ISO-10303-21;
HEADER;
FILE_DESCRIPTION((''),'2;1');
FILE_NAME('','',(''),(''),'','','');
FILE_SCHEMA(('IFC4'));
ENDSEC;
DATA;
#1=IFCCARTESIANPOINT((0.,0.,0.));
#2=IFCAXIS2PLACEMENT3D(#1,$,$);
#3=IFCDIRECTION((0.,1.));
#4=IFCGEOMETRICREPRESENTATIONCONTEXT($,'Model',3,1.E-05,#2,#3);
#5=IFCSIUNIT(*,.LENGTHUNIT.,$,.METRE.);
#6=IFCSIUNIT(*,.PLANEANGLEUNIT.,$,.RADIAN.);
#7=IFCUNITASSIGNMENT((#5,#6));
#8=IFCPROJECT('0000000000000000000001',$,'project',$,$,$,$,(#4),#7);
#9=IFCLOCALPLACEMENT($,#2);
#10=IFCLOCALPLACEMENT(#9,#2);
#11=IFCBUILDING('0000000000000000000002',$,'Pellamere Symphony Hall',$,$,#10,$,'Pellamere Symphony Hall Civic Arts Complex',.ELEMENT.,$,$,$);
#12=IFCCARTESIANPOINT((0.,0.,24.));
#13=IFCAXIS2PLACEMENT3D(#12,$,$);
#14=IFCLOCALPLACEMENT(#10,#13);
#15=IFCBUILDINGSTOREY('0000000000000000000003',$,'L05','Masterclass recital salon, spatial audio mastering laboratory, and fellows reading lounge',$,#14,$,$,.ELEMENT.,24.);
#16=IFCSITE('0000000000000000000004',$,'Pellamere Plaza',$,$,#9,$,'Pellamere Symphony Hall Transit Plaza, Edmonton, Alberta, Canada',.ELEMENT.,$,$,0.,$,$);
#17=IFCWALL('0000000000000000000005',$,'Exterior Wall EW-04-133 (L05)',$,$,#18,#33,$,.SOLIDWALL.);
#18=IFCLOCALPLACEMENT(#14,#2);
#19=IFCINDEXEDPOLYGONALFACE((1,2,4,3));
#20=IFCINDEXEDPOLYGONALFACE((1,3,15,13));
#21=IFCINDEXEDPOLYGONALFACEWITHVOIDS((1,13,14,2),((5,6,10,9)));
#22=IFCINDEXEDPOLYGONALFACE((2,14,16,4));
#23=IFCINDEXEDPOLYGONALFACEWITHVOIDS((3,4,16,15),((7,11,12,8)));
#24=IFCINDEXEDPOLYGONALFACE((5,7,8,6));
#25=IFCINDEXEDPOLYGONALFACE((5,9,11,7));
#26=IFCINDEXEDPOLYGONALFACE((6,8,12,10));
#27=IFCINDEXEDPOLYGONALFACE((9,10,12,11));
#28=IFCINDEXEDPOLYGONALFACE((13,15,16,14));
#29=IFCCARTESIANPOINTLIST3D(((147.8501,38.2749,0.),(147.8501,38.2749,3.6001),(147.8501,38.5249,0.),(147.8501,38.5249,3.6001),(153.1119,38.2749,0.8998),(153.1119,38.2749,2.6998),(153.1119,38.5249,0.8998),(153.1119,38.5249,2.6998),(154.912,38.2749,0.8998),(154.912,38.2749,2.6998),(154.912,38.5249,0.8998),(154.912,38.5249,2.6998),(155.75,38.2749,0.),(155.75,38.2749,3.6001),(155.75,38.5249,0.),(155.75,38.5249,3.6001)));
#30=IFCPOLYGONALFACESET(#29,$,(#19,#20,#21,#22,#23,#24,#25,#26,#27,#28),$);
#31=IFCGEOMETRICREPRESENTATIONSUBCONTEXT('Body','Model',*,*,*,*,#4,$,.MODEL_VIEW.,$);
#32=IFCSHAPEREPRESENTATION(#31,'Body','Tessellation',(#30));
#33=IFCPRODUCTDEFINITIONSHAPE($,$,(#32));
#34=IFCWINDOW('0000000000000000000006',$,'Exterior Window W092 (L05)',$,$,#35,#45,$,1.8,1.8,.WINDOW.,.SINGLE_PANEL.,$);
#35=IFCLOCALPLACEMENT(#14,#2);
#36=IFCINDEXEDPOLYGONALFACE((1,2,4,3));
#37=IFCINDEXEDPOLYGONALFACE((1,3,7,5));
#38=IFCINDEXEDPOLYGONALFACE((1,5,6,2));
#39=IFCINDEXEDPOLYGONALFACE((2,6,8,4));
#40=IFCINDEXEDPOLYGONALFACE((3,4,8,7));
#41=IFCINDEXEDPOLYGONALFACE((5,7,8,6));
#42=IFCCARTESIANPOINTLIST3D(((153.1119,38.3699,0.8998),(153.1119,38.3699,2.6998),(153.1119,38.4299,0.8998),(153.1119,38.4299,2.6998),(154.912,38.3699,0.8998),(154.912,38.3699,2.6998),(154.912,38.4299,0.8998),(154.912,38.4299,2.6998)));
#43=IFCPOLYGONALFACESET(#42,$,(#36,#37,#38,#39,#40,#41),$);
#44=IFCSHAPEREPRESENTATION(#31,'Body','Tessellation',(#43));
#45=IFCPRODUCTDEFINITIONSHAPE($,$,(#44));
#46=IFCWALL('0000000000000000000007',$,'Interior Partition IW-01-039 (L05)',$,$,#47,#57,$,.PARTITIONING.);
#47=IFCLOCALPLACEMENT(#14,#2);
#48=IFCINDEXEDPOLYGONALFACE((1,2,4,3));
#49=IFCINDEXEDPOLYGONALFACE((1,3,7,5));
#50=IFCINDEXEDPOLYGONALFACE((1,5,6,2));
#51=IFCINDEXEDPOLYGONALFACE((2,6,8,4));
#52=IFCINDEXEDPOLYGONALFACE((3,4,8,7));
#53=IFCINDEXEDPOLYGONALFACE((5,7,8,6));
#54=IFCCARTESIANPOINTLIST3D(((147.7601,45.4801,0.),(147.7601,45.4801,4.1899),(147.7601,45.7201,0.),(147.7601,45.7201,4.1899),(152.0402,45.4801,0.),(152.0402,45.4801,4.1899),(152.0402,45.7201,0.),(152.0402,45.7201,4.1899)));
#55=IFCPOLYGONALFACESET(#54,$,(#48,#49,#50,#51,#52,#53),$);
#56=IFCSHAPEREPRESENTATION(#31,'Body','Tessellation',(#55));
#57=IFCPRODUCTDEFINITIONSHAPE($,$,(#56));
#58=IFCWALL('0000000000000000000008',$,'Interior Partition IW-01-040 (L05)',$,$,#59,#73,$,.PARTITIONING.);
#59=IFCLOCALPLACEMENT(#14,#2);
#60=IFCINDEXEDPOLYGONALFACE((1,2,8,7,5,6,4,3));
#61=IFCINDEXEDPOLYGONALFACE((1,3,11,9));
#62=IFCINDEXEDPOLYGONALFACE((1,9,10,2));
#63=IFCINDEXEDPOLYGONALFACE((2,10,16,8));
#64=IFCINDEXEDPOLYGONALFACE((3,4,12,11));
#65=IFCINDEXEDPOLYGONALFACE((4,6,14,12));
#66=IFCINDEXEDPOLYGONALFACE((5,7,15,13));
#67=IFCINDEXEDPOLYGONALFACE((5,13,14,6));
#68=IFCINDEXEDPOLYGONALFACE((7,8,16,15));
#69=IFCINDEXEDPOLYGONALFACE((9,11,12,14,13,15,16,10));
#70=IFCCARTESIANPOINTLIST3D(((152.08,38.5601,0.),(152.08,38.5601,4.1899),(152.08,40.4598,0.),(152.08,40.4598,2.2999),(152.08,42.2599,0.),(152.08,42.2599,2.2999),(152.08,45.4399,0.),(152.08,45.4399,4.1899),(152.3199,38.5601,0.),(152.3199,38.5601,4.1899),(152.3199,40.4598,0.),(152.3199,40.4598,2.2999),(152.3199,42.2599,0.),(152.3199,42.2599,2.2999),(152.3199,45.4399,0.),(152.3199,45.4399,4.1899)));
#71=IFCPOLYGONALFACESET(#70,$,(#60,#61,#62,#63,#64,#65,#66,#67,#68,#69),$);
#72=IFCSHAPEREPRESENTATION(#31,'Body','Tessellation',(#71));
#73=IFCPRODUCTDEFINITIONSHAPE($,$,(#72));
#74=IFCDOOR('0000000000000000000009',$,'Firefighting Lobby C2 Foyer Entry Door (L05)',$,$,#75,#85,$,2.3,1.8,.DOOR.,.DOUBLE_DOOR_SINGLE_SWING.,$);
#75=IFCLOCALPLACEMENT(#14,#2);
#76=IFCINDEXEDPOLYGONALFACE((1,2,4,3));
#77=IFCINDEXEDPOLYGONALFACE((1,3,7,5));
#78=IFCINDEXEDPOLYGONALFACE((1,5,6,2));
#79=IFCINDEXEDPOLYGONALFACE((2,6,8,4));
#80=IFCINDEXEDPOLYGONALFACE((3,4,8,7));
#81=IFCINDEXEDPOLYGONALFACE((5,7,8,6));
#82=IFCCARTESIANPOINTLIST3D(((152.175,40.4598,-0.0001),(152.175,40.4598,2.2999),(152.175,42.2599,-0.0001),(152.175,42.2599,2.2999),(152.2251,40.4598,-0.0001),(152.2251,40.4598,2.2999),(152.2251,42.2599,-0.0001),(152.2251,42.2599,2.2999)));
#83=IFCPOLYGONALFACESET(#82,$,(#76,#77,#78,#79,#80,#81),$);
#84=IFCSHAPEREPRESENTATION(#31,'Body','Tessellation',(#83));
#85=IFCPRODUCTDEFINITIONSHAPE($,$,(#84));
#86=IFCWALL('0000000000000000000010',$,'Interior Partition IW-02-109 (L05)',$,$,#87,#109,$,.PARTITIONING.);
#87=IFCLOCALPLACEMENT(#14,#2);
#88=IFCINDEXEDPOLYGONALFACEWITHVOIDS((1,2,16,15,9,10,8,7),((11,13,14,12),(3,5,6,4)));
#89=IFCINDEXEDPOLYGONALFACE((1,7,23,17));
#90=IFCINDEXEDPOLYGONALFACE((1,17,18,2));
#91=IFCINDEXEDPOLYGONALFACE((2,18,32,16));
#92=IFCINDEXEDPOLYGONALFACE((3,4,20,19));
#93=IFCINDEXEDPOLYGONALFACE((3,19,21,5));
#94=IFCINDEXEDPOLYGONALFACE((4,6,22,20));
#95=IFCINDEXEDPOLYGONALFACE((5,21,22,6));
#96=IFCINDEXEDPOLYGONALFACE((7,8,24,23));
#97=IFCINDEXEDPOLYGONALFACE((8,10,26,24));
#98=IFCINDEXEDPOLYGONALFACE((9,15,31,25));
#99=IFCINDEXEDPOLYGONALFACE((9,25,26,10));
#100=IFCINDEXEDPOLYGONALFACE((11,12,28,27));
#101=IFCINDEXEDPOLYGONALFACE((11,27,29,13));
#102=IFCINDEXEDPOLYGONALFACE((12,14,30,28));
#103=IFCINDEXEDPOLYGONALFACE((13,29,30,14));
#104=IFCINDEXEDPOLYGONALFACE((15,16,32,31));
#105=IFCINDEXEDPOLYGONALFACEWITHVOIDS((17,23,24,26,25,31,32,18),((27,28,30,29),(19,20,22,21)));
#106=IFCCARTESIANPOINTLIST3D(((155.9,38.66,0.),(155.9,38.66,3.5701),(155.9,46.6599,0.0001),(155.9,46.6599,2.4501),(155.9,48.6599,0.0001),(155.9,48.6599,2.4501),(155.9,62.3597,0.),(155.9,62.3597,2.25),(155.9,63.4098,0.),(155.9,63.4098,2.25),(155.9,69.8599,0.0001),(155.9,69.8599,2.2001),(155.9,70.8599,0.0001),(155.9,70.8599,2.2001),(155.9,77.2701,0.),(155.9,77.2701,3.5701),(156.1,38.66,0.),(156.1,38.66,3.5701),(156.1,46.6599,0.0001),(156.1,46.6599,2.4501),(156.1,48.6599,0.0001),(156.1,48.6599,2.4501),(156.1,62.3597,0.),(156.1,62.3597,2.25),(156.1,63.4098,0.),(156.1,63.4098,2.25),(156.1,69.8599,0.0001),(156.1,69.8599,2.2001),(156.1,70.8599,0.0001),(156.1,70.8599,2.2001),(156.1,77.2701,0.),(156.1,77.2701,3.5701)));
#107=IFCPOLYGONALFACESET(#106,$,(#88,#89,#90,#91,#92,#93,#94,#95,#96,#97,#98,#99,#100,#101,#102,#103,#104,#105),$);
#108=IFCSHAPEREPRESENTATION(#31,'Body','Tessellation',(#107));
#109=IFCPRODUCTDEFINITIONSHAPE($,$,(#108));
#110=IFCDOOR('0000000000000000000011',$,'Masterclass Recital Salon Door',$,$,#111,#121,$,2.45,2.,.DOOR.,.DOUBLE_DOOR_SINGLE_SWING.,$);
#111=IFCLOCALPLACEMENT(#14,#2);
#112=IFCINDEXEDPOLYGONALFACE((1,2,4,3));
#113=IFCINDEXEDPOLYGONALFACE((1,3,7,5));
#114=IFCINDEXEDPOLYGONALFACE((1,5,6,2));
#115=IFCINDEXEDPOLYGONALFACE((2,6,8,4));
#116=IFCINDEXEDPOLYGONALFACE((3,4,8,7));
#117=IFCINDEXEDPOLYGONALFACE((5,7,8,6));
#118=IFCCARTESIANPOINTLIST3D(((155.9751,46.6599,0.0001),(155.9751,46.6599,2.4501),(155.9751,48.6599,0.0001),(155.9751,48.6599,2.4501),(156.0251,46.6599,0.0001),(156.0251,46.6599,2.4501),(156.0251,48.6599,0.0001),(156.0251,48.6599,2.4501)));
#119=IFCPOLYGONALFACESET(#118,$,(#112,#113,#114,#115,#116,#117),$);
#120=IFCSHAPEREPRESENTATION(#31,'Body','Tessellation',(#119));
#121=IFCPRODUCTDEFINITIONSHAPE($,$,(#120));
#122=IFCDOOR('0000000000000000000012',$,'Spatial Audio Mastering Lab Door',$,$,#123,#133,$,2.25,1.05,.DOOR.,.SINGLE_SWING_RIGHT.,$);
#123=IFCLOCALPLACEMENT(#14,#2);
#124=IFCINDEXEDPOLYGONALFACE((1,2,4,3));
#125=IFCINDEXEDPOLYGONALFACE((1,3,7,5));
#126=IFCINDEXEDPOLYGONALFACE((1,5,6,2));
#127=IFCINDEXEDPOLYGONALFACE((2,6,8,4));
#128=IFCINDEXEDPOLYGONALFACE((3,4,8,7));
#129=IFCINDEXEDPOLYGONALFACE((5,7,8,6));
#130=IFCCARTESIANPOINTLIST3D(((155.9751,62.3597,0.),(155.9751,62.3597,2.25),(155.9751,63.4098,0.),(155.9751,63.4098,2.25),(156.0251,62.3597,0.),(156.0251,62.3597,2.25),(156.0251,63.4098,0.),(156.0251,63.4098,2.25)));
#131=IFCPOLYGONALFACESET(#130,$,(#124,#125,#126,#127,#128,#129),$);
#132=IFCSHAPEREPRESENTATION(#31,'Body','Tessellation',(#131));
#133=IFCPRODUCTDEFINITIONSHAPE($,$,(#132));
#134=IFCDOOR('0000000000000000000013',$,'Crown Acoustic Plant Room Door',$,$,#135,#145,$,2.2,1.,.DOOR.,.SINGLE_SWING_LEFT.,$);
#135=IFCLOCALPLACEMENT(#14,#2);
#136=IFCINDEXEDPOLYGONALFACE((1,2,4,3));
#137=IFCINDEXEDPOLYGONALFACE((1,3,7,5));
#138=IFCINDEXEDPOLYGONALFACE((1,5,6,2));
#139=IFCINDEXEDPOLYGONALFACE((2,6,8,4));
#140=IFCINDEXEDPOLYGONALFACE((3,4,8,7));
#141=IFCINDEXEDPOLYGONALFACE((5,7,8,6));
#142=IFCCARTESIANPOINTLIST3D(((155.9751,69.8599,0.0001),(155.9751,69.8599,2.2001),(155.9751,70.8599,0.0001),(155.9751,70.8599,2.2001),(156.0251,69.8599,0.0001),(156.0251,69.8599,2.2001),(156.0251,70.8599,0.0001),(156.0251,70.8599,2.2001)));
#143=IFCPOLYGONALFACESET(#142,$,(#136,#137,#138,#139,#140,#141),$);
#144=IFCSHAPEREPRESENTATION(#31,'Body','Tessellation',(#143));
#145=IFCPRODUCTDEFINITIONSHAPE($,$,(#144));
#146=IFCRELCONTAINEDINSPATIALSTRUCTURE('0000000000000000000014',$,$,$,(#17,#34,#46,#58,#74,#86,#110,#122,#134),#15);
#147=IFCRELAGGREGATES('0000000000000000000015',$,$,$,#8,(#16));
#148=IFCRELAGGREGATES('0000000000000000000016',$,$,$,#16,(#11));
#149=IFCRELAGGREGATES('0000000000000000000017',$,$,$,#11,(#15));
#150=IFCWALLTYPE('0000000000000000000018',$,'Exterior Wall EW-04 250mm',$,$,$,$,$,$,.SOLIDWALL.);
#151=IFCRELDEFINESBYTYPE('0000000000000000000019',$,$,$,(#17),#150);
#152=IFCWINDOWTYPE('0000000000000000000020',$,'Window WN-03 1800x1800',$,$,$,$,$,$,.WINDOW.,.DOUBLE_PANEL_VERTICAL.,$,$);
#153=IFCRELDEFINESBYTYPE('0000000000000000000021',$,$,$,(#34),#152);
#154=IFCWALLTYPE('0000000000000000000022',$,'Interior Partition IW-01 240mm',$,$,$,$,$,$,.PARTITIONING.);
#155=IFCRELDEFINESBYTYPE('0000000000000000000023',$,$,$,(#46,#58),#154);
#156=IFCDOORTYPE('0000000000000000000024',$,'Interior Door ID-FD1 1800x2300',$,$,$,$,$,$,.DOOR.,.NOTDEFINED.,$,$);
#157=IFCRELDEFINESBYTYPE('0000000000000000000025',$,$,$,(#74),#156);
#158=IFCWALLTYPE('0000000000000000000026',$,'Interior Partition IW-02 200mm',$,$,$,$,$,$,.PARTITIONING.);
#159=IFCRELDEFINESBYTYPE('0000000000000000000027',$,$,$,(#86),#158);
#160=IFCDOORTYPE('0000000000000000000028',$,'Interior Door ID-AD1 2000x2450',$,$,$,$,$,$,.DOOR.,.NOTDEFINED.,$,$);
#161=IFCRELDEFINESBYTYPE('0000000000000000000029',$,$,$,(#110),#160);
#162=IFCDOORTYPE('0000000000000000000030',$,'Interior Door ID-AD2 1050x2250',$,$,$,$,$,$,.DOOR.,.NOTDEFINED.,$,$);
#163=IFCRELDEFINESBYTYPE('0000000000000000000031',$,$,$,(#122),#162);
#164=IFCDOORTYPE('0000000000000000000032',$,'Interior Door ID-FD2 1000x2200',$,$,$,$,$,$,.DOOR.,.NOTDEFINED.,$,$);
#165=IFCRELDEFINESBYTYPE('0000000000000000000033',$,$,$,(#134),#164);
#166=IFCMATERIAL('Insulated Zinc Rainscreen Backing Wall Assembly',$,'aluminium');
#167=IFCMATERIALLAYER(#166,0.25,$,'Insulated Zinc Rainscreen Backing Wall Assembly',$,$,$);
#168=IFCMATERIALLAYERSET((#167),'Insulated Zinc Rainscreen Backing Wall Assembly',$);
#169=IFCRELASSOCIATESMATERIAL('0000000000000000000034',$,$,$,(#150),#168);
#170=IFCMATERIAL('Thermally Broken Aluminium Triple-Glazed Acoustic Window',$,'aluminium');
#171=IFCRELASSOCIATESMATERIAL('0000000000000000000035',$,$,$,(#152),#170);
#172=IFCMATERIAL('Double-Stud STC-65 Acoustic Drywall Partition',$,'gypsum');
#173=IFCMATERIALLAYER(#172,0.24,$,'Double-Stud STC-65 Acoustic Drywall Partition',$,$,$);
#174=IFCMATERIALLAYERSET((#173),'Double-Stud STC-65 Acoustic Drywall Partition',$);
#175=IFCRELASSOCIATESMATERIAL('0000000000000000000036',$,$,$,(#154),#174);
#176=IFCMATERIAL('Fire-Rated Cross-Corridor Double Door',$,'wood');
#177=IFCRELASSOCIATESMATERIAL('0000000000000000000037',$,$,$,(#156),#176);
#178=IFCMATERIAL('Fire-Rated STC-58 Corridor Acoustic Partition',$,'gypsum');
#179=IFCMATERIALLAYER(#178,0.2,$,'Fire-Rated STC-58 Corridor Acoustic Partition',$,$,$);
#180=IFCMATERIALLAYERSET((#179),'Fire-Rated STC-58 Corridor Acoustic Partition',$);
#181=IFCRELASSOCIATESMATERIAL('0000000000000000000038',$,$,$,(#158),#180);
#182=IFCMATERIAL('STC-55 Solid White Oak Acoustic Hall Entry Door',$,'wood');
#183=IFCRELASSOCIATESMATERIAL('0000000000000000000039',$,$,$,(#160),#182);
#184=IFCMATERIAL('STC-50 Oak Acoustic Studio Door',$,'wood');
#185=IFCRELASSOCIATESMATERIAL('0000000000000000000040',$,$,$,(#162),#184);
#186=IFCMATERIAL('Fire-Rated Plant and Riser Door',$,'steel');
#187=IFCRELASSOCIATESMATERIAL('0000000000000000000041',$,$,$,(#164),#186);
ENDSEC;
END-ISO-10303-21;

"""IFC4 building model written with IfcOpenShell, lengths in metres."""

from ifc_helpers import new_model, si_unit, direction, frame, frame_2d, origin, place, context, subcontext, project, spatial, rectangle, extrude, material, layer, layer_set, type_object, element, fill, save


model = new_model("IFC4")

# Units and contexts
model_context = context("Model", 3, precision=1e-05, world=origin(), true_north=direction((0.0, 1.0)))
body_context = subcontext(model_context, "Body", "Model", "MODEL_VIEW")
ifc_project = project(units=[si_unit("LENGTHUNIT", "METRE"), si_unit("PLANEANGLEUNIT", "RADIAN")], contexts=[model_context])

# Site, building, storey
site_placement = place(None, origin())
site = spatial("IfcSite", under=ifc_project, at=site_placement, Name="Pellamere Plaza", LongName="Pellamere Symphony Hall Transit Plaza, Edmonton, Alberta, Canada", CompositionType="ELEMENT", RefElevation=0.0)
building_placement = place(site_placement, origin())
building = spatial("IfcBuilding", under=site, at=building_placement, Name="Pellamere Symphony Hall", LongName="Pellamere Symphony Hall Civic Arts Complex", CompositionType="ELEMENT")
storey_placement = place(building_placement, frame((0.0, 0.0, 24.0)))
storey = spatial("IfcBuildingStorey", under=building, at=storey_placement, Name="L05", Description="Masterclass recital salon, spatial audio mastering laboratory, and fellows reading lounge", CompositionType="ELEMENT", Elevation=24.0)

# Wall, opening, window
ifc_material_1 = material(Name="Insulated Zinc Rainscreen Backing Wall Assembly", Category="aluminium")
ifc_layer_1 = layer(ifc_material_1, 0.25, Name="Insulated Zinc Rainscreen Backing Wall Assembly")
ifc_layer_set_1 = layer_set([ifc_layer_1], Name="Insulated Zinc Rainscreen Backing Wall Assembly")
wall_type_1 = type_object("IfcWallType", Name="Exterior Wall EW-04 250mm", PredefinedType="SOLIDWALL", material=ifc_layer_set_1)
wall_1_placement = place(storey_placement, frame((147.8501, 38.3999, 0.0), z_axis=(0.0, 0.0, 1.0), x_axis=(1.0, 0.0, 0.0)))
wall_1 = element("IfcWall", 1, at=wall_1_placement, inside=storey, type_object=wall_type_1, Name="Exterior Wall EW-04-133 (L05)", PredefinedType="SOLIDWALL", context=body_context, shape_type="SweptSolid", body=[
    extrude(rectangle(XDim=7.8999, YDim=0.25, at=frame_2d((3.95, 0.0))), origin(), (0.0, 0.0, 1.0), 3.6001),
])
opening_1_placement = place(wall_1_placement, frame((5.262, 0.0, 0.8999)))
opening_1 = element("IfcOpeningElement", 2, at=opening_1_placement, cuts=wall_1, PredefinedType="OPENING", context=body_context, shape_type="SweptSolid", body=[
    extrude(rectangle(XDim=1.8, YDim=1.8, at=frame_2d((0.8999, 0.8999))), frame((0.0, 0.135, 0.0), z_axis=(0.0, -1.0, 0.0), x_axis=(1.0, 0.0, 0.0)), (0.0, 0.0, 1.0), 0.27),
])
ifc_material_2 = material(Name="Thermally Broken Aluminium Triple-Glazed Acoustic Window", Category="aluminium")
window_type = type_object("IfcWindowType", Name="Window WN-03 1800x1800", PartitioningType="DOUBLE_PANEL_VERTICAL", PredefinedType="WINDOW", material=ifc_material_2)
window_placement = place(opening_1_placement, origin())
window = element("IfcWindow", 3, at=window_placement, inside=storey, type_object=window_type, Name="Exterior Window W092 (L05)", OverallHeight=1.8, OverallWidth=1.8, PartitioningType="SINGLE_PANEL", PredefinedType="WINDOW", context=body_context, shape_type="SweptSolid", body=[
    extrude(rectangle(XDim=1.8, YDim=1.8, at=frame_2d((0.8999, 0.8999))), frame((0.0, 0.03, 0.0), z_axis=(0.0, -1.0, 0.0), x_axis=(1.0, 0.0, 0.0)), (0.0, 0.0, 1.0), 0.0601),
])
fill(opening_1, window)

# Wall
ifc_material_3 = material(Name="Double-Stud STC-65 Acoustic Drywall Partition", Category="gypsum")
ifc_layer_2 = layer(ifc_material_3, 0.24, Name="Double-Stud STC-65 Acoustic Drywall Partition")
ifc_layer_set_2 = layer_set([ifc_layer_2], Name="Double-Stud STC-65 Acoustic Drywall Partition")
wall_type_2 = type_object("IfcWallType", Name="Interior Partition IW-01 240mm", PredefinedType="PARTITIONING", material=ifc_layer_set_2)
wall_2_placement = place(storey_placement, frame((147.76, 45.6001, 0.0), z_axis=(0.0, 0.0, 1.0), x_axis=(1.0, 0.0, 0.0)))
element("IfcWall", 4, at=wall_2_placement, inside=storey, type_object=wall_type_2, Name="Interior Partition IW-01-039 (L05)", PredefinedType="PARTITIONING", context=body_context, shape_type="SweptSolid", body=[
    extrude(rectangle(XDim=4.28, YDim=0.24, at=frame_2d((2.1401, 0.0))), origin(), (0.0, 0.0, 1.0), 4.1899),
])

# Wall, opening, door
wall_3_placement = place(storey_placement, frame((152.2, 38.5601, 0.0), z_axis=(0.0, 0.0, 1.0), x_axis=(0.0, 1.0, 0.0)))
wall_3 = element("IfcWall", 5, at=wall_3_placement, inside=storey, type_object=wall_type_2, Name="Interior Partition IW-01-040 (L05)", PredefinedType="PARTITIONING", context=body_context, shape_type="SweptSolid", body=[
    extrude(rectangle(XDim=6.8799, YDim=0.24, at=frame_2d((3.4399, 0.0))), origin(), (0.0, 0.0, 1.0), 4.1899),
])
opening_2_placement = place(wall_3_placement, frame((1.8999, 0.0, 0.0)))
opening_2 = element("IfcOpeningElement", 6, at=opening_2_placement, cuts=wall_3, PredefinedType="OPENING", context=body_context, shape_type="SweptSolid", body=[
    extrude(rectangle(XDim=1.8, YDim=2.3, at=frame_2d((0.8999, 1.1499))), frame((0.0, 0.1299, 0.0), z_axis=(0.0, -1.0, 0.0), x_axis=(1.0, 0.0, 0.0)), (0.0, 0.0, 1.0), 0.26),
])
ifc_material_4 = material(Name="Fire-Rated Cross-Corridor Double Door", Category="wood")
door_type_1 = type_object("IfcDoorType", Name="Interior Door ID-FD1 1800x2300", OperationType="NOTDEFINED", PredefinedType="DOOR", material=ifc_material_4)
door_1_placement = place(opening_2_placement, origin())
door_1 = element("IfcDoor", 7, at=door_1_placement, inside=storey, type_object=door_type_1, Name="Firefighting Lobby C2 Foyer Entry Door (L05)", OperationType="DOUBLE_DOOR_SINGLE_SWING", OverallHeight=2.3, OverallWidth=1.8, PredefinedType="DOOR", context=body_context, shape_type="SweptSolid", body=[
    extrude(rectangle(XDim=1.8, YDim=2.3, at=frame_2d((0.8999, 1.1499))), frame((0.0, 0.0249, 0.0), z_axis=(0.0, -1.0, 0.0), x_axis=(1.0, 0.0, 0.0)), (0.0, 0.0, 1.0), 0.05),
])
fill(opening_2, door_1)

# Wall, openings, doors
ifc_material_5 = material(Name="Fire-Rated STC-58 Corridor Acoustic Partition", Category="gypsum")
ifc_layer_3 = layer(ifc_material_5, 0.2, Name="Fire-Rated STC-58 Corridor Acoustic Partition")
ifc_layer_set_3 = layer_set([ifc_layer_3], Name="Fire-Rated STC-58 Corridor Acoustic Partition")
wall_type_3 = type_object("IfcWallType", Name="Interior Partition IW-02 200mm", PredefinedType="PARTITIONING", material=ifc_layer_set_3)
wall_4_placement = place(storey_placement, frame((156.0, 38.6599, 0.0), z_axis=(0.0, 0.0, 1.0), x_axis=(0.0, 1.0, 0.0)))
wall_4 = element("IfcWall", 8, at=wall_4_placement, inside=storey, type_object=wall_type_3, Name="Interior Partition IW-02-109 (L05)", PredefinedType="PARTITIONING", context=body_context, shape_type="SweptSolid", body=[
    extrude(rectangle(XDim=38.6101, YDim=0.2, at=frame_2d((19.3052, 0.0))), origin(), (0.0, 0.0, 1.0), 3.5701),
])
opening_3_placement = place(wall_4_placement, frame((8.0, 0.0, 0.0)))
opening_3 = element("IfcOpeningElement", 9, at=opening_3_placement, cuts=wall_4, PredefinedType="OPENING", context=body_context, shape_type="SweptSolid", body=[
    extrude(rectangle(XDim=2.0, YDim=2.45, at=frame_2d((1.0, 1.2251))), frame((0.0, 0.1099, 0.0), z_axis=(0.0, -1.0, 0.0), x_axis=(1.0, 0.0, 0.0)), (0.0, 0.0, 1.0), 0.22),
])
opening_4_placement = place(wall_4_placement, frame((23.7, 0.0, 0.0)))
opening_4 = element("IfcOpeningElement", 10, at=opening_4_placement, cuts=wall_4, PredefinedType="OPENING", context=body_context, shape_type="SweptSolid", body=[
    extrude(rectangle(XDim=1.05, YDim=2.25, at=frame_2d((0.5249, 1.125))), frame((0.0, 0.1099, 0.0), z_axis=(0.0, -1.0, 0.0), x_axis=(1.0, 0.0, 0.0)), (0.0, 0.0, 1.0), 0.22),
])
opening_5_placement = place(wall_4_placement, frame((31.2, 0.0, 0.0)))
opening_5 = element("IfcOpeningElement", 11, at=opening_5_placement, cuts=wall_4, PredefinedType="OPENING", context=body_context, shape_type="SweptSolid", body=[
    extrude(rectangle(XDim=1.0, YDim=2.2, at=frame_2d((0.5, 1.1001))), frame((0.0, 0.1099, 0.0), z_axis=(0.0, -1.0, 0.0), x_axis=(1.0, 0.0, 0.0)), (0.0, 0.0, 1.0), 0.22),
])
ifc_material_6 = material(Name="STC-55 Solid White Oak Acoustic Hall Entry Door", Category="wood")
door_type_2 = type_object("IfcDoorType", Name="Interior Door ID-AD1 2000x2450", OperationType="NOTDEFINED", PredefinedType="DOOR", material=ifc_material_6)
door_2_placement = place(opening_3_placement, origin())
door_2 = element("IfcDoor", 12, at=door_2_placement, inside=storey, type_object=door_type_2, Name="Masterclass Recital Salon Door", OperationType="DOUBLE_DOOR_SINGLE_SWING", OverallHeight=2.45, OverallWidth=2.0, PredefinedType="DOOR", context=body_context, shape_type="SweptSolid", body=[
    extrude(rectangle(XDim=2.0, YDim=2.45, at=frame_2d((1.0, 1.2251))), frame((0.0, 0.0249, 0.0), z_axis=(0.0, -1.0, 0.0), x_axis=(1.0, 0.0, 0.0)), (0.0, 0.0, 1.0), 0.05),
])
fill(opening_3, door_2)
ifc_material_7 = material(Name="STC-50 Oak Acoustic Studio Door", Category="wood")
door_type_3 = type_object("IfcDoorType", Name="Interior Door ID-AD2 1050x2250", OperationType="NOTDEFINED", PredefinedType="DOOR", material=ifc_material_7)
door_3_placement = place(opening_4_placement, origin())
door_3 = element("IfcDoor", 13, at=door_3_placement, inside=storey, type_object=door_type_3, Name="Spatial Audio Mastering Lab Door", OperationType="SINGLE_SWING_RIGHT", OverallHeight=2.25, OverallWidth=1.05, PredefinedType="DOOR", context=body_context, shape_type="SweptSolid", body=[
    extrude(rectangle(XDim=1.05, YDim=2.25, at=frame_2d((0.5249, 1.125))), frame((0.0, 0.0249, 0.0), z_axis=(0.0, -1.0, 0.0), x_axis=(1.0, 0.0, 0.0)), (0.0, 0.0, 1.0), 0.05),
])
fill(opening_4, door_3)
ifc_material_8 = material(Name="Fire-Rated Plant and Riser Door", Category="steel")
door_type_4 = type_object("IfcDoorType", Name="Interior Door ID-FD2 1000x2200", OperationType="NOTDEFINED", PredefinedType="DOOR", material=ifc_material_8)
door_4_placement = place(opening_5_placement, origin())
door_4 = element("IfcDoor", 14, at=door_4_placement, inside=storey, type_object=door_type_4, Name="Crown Acoustic Plant Room Door", OperationType="SINGLE_SWING_LEFT", OverallHeight=2.2, OverallWidth=1.0, PredefinedType="DOOR", context=body_context, shape_type="SweptSolid", body=[
    extrude(rectangle(XDim=1.0, YDim=2.2, at=frame_2d((0.5, 1.1001))), frame((0.0, 0.0249, 0.0), z_axis=(0.0, -1.0, 0.0), x_axis=(1.0, 0.0, 0.0)), (0.0, 0.0, 1.0), 0.05),
])
fill(opening_5, door_4)

save(model, "model.ifc")
